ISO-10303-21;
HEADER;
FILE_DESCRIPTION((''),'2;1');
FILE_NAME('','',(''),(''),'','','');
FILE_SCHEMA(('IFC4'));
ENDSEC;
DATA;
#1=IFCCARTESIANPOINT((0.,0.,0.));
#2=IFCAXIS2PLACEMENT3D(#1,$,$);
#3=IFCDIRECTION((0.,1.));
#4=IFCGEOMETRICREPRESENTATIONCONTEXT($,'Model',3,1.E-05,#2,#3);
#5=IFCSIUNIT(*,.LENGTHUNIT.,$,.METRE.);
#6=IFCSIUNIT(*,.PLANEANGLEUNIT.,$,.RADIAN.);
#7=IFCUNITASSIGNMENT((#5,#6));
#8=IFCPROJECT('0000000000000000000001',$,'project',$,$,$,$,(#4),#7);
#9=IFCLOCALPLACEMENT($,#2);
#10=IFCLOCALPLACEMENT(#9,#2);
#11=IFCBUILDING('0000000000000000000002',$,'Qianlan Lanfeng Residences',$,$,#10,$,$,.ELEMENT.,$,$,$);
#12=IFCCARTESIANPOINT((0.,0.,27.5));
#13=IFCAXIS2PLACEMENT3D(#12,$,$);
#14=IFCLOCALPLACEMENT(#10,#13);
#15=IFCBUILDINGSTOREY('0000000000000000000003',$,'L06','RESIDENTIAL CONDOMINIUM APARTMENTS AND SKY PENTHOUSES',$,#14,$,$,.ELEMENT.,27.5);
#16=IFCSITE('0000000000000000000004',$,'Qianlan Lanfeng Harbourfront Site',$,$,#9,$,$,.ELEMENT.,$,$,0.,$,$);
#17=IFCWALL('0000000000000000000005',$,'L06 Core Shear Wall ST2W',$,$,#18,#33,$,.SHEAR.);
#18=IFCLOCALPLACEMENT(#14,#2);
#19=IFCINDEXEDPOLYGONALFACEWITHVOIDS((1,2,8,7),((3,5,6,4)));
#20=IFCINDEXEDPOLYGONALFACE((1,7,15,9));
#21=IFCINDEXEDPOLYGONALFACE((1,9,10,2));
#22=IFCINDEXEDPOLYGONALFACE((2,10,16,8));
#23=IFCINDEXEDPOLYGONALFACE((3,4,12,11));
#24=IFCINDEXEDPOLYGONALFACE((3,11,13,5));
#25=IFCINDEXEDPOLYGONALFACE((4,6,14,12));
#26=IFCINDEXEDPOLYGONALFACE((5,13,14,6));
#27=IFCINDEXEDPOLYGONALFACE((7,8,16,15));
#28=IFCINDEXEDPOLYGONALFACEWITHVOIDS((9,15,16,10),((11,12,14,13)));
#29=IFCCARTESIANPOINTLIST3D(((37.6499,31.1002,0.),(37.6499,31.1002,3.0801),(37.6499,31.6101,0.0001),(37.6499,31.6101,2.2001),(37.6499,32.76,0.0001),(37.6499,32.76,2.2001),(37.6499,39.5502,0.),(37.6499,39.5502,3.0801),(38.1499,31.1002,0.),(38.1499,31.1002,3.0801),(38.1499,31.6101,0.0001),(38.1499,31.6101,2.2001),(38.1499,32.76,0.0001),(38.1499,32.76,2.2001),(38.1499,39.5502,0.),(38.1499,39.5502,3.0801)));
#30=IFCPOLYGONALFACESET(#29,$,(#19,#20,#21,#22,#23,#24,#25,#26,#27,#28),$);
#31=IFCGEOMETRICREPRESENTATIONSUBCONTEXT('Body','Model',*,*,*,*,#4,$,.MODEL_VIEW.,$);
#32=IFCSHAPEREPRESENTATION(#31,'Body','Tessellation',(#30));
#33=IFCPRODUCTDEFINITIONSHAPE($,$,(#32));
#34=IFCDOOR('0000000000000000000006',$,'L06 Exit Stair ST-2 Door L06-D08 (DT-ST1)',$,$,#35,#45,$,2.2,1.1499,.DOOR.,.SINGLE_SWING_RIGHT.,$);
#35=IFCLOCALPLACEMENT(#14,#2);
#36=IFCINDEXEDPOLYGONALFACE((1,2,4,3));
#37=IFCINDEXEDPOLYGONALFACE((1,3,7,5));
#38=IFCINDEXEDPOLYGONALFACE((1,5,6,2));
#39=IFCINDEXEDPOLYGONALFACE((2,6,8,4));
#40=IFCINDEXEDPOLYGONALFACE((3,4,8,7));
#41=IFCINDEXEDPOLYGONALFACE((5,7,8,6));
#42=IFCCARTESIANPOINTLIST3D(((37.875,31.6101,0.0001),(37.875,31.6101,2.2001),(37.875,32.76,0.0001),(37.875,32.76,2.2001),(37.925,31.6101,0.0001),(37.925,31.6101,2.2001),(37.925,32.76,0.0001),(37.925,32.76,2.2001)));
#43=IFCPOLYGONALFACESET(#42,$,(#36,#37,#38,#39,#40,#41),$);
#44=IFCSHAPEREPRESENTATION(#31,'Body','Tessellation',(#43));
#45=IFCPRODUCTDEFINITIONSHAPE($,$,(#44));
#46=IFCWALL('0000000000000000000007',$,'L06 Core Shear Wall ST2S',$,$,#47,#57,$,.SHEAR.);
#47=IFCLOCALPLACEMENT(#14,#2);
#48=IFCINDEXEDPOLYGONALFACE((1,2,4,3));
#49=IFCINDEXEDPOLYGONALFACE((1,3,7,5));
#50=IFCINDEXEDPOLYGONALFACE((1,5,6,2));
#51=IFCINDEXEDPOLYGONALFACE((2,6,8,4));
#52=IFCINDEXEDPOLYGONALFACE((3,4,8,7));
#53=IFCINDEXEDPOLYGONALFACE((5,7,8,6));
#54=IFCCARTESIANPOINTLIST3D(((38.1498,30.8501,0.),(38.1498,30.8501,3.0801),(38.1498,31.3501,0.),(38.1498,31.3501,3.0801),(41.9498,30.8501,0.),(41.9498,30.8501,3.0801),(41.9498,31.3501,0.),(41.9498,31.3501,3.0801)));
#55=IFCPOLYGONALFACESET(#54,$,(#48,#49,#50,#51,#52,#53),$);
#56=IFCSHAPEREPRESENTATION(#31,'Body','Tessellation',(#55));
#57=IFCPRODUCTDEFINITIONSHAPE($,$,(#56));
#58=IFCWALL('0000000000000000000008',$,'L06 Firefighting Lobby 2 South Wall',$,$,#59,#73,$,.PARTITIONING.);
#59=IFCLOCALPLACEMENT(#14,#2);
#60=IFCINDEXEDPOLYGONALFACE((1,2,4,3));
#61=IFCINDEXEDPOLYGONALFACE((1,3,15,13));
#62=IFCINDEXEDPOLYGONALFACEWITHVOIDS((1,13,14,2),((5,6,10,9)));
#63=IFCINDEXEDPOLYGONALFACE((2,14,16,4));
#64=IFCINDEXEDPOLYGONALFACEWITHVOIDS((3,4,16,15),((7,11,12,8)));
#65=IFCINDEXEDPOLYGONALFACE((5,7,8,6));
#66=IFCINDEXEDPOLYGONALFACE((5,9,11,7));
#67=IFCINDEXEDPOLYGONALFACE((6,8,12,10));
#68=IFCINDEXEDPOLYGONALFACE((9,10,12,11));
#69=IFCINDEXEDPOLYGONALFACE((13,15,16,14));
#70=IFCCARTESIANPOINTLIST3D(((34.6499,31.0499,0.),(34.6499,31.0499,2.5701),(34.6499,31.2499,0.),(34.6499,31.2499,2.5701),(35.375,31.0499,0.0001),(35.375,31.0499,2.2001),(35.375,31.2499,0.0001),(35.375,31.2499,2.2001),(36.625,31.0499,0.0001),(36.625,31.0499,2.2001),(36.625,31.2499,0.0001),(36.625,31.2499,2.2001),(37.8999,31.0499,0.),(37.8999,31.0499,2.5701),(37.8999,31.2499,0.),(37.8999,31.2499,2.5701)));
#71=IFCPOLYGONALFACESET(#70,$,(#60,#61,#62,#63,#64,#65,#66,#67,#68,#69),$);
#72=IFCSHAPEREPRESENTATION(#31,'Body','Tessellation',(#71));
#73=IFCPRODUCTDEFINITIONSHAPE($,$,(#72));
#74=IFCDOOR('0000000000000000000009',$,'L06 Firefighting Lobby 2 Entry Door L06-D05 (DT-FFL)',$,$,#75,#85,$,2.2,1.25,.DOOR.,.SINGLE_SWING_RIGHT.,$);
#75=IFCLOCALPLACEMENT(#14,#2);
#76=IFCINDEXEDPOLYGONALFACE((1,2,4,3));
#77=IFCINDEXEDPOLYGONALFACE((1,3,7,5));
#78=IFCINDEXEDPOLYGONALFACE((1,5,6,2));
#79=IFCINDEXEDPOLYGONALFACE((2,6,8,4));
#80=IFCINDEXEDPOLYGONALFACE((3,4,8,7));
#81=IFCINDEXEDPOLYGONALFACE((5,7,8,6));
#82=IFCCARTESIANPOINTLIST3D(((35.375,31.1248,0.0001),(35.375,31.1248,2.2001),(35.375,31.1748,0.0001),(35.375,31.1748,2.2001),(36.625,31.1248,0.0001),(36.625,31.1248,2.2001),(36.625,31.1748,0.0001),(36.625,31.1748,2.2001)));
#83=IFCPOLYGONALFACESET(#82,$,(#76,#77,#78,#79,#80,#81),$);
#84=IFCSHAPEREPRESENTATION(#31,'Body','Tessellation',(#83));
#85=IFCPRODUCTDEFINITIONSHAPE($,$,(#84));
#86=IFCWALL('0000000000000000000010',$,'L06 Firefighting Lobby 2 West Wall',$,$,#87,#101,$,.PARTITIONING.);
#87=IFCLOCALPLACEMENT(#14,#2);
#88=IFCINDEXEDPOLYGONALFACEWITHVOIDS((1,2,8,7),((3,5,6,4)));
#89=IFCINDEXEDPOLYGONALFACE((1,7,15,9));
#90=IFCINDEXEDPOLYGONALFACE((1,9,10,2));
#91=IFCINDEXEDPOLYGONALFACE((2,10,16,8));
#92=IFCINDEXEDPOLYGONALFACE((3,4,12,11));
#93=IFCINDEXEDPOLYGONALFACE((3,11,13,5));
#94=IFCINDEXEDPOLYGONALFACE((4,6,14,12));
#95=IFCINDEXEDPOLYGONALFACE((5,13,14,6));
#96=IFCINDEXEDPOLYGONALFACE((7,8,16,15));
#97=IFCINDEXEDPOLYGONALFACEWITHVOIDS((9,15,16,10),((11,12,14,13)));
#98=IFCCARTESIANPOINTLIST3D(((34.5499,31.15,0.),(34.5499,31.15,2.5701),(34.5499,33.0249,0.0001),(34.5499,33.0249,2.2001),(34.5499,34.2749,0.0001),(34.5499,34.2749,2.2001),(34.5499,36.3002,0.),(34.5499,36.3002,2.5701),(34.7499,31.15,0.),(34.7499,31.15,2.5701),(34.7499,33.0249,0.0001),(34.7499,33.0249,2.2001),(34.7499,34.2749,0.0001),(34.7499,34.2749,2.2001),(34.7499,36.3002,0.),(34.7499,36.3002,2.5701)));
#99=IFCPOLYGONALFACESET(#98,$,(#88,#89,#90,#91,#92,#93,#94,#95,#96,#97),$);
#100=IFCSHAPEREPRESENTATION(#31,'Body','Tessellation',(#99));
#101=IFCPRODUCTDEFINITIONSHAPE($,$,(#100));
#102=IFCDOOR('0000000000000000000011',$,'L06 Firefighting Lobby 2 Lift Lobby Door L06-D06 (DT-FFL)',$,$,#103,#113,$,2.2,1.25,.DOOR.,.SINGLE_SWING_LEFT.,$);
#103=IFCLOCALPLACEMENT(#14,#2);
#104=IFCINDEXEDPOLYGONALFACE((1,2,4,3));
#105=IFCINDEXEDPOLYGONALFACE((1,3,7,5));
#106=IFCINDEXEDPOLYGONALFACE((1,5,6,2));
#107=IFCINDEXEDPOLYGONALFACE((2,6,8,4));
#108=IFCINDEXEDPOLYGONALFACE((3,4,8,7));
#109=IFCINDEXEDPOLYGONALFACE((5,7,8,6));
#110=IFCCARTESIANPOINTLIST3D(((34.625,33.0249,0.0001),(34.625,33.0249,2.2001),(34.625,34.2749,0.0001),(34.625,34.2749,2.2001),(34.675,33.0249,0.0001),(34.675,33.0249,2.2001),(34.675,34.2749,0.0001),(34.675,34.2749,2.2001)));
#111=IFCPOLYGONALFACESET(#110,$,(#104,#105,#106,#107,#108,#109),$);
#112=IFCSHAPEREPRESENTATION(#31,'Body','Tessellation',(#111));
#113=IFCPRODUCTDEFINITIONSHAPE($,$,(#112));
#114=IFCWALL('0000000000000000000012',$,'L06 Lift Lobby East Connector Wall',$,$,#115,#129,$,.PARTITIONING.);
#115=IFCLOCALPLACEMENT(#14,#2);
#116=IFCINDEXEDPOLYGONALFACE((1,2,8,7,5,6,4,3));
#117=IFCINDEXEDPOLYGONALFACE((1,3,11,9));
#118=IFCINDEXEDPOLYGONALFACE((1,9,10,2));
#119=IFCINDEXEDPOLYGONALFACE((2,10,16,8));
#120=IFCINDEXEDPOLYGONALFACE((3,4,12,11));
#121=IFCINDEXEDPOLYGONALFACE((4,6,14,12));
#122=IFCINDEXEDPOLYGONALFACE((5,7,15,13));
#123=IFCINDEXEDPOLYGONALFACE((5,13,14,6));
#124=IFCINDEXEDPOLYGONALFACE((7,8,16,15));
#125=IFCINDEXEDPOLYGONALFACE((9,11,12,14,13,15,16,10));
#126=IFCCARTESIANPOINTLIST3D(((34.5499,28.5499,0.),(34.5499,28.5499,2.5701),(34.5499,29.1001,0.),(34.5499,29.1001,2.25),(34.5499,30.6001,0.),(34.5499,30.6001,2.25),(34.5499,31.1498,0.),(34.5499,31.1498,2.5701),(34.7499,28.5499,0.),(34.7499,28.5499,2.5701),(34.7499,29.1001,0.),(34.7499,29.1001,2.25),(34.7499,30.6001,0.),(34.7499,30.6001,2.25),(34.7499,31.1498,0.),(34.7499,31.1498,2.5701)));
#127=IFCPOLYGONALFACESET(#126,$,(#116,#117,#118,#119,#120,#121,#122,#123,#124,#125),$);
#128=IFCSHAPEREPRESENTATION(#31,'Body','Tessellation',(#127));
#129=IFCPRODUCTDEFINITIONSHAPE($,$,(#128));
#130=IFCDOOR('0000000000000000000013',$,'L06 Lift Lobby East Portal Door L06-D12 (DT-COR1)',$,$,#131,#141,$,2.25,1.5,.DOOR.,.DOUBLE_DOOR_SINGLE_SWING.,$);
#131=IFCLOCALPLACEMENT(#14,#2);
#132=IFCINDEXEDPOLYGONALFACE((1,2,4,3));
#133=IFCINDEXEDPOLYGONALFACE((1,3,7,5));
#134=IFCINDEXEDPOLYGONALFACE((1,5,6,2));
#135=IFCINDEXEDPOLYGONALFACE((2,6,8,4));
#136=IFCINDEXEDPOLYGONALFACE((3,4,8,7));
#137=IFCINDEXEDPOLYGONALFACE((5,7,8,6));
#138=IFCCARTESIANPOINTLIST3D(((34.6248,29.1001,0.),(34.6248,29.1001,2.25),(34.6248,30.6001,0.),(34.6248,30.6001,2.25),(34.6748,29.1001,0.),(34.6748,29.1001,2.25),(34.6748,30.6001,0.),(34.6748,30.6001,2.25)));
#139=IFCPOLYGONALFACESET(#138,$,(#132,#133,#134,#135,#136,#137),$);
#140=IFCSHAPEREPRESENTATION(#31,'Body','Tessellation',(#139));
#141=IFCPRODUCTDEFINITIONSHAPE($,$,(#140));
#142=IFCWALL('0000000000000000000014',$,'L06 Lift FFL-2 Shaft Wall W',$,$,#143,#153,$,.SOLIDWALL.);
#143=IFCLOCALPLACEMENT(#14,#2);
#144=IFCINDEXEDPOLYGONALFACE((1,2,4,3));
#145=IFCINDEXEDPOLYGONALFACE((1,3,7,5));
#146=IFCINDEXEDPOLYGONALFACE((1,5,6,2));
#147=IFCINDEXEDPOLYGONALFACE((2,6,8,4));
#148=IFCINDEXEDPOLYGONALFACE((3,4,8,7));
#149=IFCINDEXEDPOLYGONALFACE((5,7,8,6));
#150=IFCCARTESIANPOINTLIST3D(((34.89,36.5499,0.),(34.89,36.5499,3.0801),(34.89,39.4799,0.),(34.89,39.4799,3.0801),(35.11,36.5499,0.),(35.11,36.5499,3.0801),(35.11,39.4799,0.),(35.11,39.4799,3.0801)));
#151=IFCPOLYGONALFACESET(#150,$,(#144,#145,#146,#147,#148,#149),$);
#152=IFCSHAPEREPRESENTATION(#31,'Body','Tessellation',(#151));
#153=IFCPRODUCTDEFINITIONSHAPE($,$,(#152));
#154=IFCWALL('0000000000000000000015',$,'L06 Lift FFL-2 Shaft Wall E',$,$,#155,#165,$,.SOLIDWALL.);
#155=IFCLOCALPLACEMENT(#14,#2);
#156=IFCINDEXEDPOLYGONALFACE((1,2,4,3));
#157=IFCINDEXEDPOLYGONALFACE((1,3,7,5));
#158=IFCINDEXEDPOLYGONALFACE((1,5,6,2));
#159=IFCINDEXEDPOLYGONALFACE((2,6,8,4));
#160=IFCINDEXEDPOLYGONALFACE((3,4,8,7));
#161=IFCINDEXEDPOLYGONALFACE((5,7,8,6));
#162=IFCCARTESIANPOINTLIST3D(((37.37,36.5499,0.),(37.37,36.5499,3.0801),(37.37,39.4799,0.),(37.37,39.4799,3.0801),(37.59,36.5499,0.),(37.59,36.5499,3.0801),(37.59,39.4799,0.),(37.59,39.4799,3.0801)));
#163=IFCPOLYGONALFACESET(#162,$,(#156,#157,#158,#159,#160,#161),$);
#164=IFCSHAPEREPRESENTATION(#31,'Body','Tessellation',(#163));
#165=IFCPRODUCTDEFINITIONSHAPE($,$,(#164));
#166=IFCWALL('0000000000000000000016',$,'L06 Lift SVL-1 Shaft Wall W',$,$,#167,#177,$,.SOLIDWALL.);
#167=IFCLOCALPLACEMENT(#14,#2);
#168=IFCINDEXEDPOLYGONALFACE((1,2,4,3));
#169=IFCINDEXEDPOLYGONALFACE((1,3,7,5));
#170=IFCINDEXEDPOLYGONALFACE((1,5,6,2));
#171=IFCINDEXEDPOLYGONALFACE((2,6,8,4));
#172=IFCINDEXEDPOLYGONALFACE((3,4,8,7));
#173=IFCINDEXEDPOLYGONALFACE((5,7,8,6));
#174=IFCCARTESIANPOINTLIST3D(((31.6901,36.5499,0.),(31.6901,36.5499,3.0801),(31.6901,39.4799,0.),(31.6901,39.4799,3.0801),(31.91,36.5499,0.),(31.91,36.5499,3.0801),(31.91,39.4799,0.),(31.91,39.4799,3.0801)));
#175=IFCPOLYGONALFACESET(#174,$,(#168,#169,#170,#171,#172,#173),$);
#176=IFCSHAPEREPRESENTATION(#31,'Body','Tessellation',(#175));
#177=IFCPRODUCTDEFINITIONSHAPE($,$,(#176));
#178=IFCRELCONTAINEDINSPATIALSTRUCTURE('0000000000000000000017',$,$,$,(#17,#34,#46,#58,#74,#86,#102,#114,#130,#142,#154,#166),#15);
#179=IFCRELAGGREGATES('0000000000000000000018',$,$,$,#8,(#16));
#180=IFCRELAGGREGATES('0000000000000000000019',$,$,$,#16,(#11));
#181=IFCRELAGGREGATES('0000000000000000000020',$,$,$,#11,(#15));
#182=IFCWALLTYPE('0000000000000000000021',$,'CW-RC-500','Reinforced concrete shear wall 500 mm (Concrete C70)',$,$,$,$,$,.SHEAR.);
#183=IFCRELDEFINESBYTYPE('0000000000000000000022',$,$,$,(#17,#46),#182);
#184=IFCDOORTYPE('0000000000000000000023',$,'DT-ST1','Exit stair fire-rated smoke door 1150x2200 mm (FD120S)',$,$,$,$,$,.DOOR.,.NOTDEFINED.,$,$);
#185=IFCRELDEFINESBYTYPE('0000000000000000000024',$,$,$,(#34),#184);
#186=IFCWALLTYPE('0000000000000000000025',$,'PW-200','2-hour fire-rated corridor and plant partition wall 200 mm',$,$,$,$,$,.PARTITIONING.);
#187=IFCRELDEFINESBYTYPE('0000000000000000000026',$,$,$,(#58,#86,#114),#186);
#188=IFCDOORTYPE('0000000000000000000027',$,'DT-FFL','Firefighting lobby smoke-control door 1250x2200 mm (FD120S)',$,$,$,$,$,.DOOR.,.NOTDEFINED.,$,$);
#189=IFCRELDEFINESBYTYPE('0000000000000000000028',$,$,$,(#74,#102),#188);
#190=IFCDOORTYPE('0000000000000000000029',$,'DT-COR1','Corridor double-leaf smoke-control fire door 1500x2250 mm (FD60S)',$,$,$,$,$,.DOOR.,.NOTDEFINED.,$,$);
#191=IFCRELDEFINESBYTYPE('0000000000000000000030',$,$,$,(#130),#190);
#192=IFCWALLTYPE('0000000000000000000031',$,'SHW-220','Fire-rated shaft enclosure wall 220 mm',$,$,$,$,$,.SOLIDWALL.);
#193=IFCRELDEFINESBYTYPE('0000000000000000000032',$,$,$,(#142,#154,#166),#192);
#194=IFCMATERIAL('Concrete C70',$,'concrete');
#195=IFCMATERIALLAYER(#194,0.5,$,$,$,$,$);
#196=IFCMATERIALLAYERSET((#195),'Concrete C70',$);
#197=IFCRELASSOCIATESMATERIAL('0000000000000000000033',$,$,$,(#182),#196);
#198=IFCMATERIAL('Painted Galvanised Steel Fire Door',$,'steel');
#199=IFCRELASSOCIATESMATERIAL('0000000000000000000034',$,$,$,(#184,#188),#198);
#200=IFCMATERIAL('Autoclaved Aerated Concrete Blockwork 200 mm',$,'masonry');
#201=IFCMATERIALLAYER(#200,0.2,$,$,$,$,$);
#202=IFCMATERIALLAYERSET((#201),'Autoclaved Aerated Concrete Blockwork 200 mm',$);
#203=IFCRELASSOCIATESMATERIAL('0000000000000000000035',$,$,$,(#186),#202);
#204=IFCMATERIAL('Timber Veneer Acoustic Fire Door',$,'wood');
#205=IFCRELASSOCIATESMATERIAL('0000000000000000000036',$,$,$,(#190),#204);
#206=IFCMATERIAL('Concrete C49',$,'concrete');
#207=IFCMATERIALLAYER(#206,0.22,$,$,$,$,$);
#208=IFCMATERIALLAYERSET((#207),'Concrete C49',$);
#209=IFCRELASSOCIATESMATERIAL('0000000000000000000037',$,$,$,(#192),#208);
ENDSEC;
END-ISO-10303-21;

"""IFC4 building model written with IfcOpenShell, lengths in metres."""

from ifc_helpers import new_model, si_unit, direction, frame, frame_2d, origin, place, context, subcontext, project, spatial, rectangle, extrude, material, layer, layer_set, type_object, element, fill, save


model = new_model("IFC4")

# Units and contexts
model_context = context("Model", 3, precision=1e-05, world=origin(), true_north=direction((0.0, 1.0)))
body_context = subcontext(model_context, "Body", "Model", "MODEL_VIEW")
ifc_project = project(units=[si_unit("LENGTHUNIT", "METRE"), si_unit("PLANEANGLEUNIT", "RADIAN")], contexts=[model_context])

# Site, building, storey
site_placement = place(None, origin())
site = spatial("IfcSite", under=ifc_project, at=site_placement, Name="Qianlan Lanfeng Harbourfront Site", CompositionType="ELEMENT", RefElevation=0.0)
building_placement = place(site_placement, origin())
building = spatial("IfcBuilding", under=site, at=building_placement, Name="Qianlan Lanfeng Residences", CompositionType="ELEMENT")
storey_placement = place(building_placement, frame((0.0, 0.0, 27.5)))
storey = spatial("IfcBuildingStorey", under=building, at=storey_placement, Name="L06", Description="RESIDENTIAL CONDOMINIUM APARTMENTS AND SKY PENTHOUSES", CompositionType="ELEMENT", Elevation=27.5)

# Wall, opening, door
ifc_material_1 = material(Name="Concrete C70", Category="concrete")
ifc_layer_1 = layer(ifc_material_1, 0.5)
ifc_layer_set_1 = layer_set([ifc_layer_1], Name="Concrete C70")
wall_type_1 = type_object("IfcWallType", Name="CW-RC-500", Description="Reinforced concrete shear wall 500 mm (Concrete C70)", PredefinedType="SHEAR", material=ifc_layer_set_1)
wall_1_placement = place(storey_placement, frame((37.8999, 31.1001, 0.0), z_axis=(0.0, 0.0, 1.0), x_axis=(0.0, 1.0, 0.0)))
wall_1 = element("IfcWall", 1, at=wall_1_placement, inside=storey, type_object=wall_type_1, Name="L06 Core Shear Wall ST2W", PredefinedType="SHEAR", context=body_context, shape_type="SweptSolid", body=[
    extrude(rectangle(XDim=8.45, YDim=0.5, at=frame_2d((4.2251, 0.0))), origin(), (0.0, 0.0, 1.0), 3.0801),
])
opening_1_placement = place(wall_1_placement, frame((0.51, 0.0, 0.0)))
opening_1 = element("IfcOpeningElement", 2, at=opening_1_placement, cuts=wall_1, PredefinedType="OPENING", context=body_context, shape_type="SweptSolid", body=[
    extrude(rectangle(XDim=1.1499, YDim=2.2, at=frame_2d((0.575, 1.1001))), frame((0.0, 0.26, 0.0), z_axis=(0.0, -1.0, 0.0), x_axis=(1.0, 0.0, 0.0)), (0.0, 0.0, 1.0), 0.52),
])
ifc_material_2 = material(Name="Painted Galvanised Steel Fire Door", Category="steel")
door_type_1 = type_object("IfcDoorType", Name="DT-ST1", Description="Exit stair fire-rated smoke door 1150x2200 mm (FD120S)", OperationType="NOTDEFINED", PredefinedType="DOOR", material=ifc_material_2)
door_1_placement = place(opening_1_placement, origin())
door_1 = element("IfcDoor", 3, at=door_1_placement, inside=storey, type_object=door_type_1, Name="L06 Exit Stair ST-2 Door L06-D08 (DT-ST1)", OperationType="SINGLE_SWING_RIGHT", OverallHeight=2.2, OverallWidth=1.1499, PredefinedType="DOOR", context=body_context, shape_type="SweptSolid", body=[
    extrude(rectangle(XDim=1.1499, YDim=2.2, at=frame_2d((0.575, 1.1001))), frame((0.0, 0.0249, 0.0), z_axis=(0.0, -1.0, 0.0), x_axis=(1.0, 0.0, 0.0)), (0.0, 0.0, 1.0), 0.05),
])
fill(opening_1, door_1)

# Wall
wall_2_placement = place(storey_placement, frame((38.1499, 31.1001, 0.0), z_axis=(0.0, 0.0, 1.0), x_axis=(1.0, 0.0, 0.0)))
element("IfcWall", 4, at=wall_2_placement, inside=storey, type_object=wall_type_1, Name="L06 Core Shear Wall ST2S", PredefinedType="SHEAR", context=body_context, shape_type="SweptSolid", body=[
    extrude(rectangle(XDim=3.8, YDim=0.5, at=frame_2d((1.8999, 0.0))), origin(), (0.0, 0.0, 1.0), 3.0801),
])

# Walls, openings, doors
ifc_material_3 = material(Name="Autoclaved Aerated Concrete Blockwork 200 mm", Category="masonry")
ifc_layer_2 = layer(ifc_material_3, 0.2)
ifc_layer_set_2 = layer_set([ifc_layer_2], Name="Autoclaved Aerated Concrete Blockwork 200 mm")
wall_type_2 = type_object("IfcWallType", Name="PW-200", Description="2-hour fire-rated corridor and plant partition wall 200 mm", PredefinedType="PARTITIONING", material=ifc_layer_set_2)
wall_3_placement = place(storey_placement, frame((34.6499, 31.1499, 0.0), z_axis=(0.0, 0.0, 1.0), x_axis=(1.0, 0.0, 0.0)))
wall_3 = element("IfcWall", 5, at=wall_3_placement, inside=storey, type_object=wall_type_2, Name="L06 Firefighting Lobby 2 South Wall", PredefinedType="PARTITIONING", context=body_context, shape_type="SweptSolid", body=[
    extrude(rectangle(XDim=3.25, YDim=0.2, at=frame_2d((1.625, 0.0))), origin(), (0.0, 0.0, 1.0), 2.5701),
])
opening_2_placement = place(wall_3_placement, frame((0.7251, 0.0, 0.0)))
opening_2 = element("IfcOpeningElement", 6, at=opening_2_placement, cuts=wall_3, PredefinedType="OPENING", context=body_context, shape_type="SweptSolid", body=[
    extrude(rectangle(XDim=1.25, YDim=2.2, at=frame_2d((0.625, 1.1001))), frame((0.0, 0.1099, 0.0), z_axis=(0.0, -1.0, 0.0), x_axis=(1.0, 0.0, 0.0)), (0.0, 0.0, 1.0), 0.22),
])
door_type_2 = type_object("IfcDoorType", Name="DT-FFL", Description="Firefighting lobby smoke-control door 1250x2200 mm (FD120S)", OperationType="NOTDEFINED", PredefinedType="DOOR", material=ifc_material_2)
door_2_placement = place(opening_2_placement, origin())
door_2 = element("IfcDoor", 7, at=door_2_placement, inside=storey, type_object=door_type_2, Name="L06 Firefighting Lobby 2 Entry Door L06-D05 (DT-FFL)", OperationType="SINGLE_SWING_RIGHT", OverallHeight=2.2, OverallWidth=1.25, PredefinedType="DOOR", context=body_context, shape_type="SweptSolid", body=[
    extrude(rectangle(XDim=1.25, YDim=2.2, at=frame_2d((0.625, 1.1001))), frame((0.0, 0.0249, 0.0), z_axis=(0.0, -1.0, 0.0), x_axis=(1.0, 0.0, 0.0)), (0.0, 0.0, 1.0), 0.05),
])
fill(opening_2, door_2)
wall_4_placement = place(storey_placement, frame((34.6499, 31.1499, 0.0), z_axis=(0.0, 0.0, 1.0), x_axis=(0.0, 1.0, 0.0)))
wall_4 = element("IfcWall", 8, at=wall_4_placement, inside=storey, type_object=wall_type_2, Name="L06 Firefighting Lobby 2 West Wall", PredefinedType="PARTITIONING", context=body_context, shape_type="SweptSolid", body=[
    extrude(rectangle(XDim=5.1501, YDim=0.2, at=frame_2d((2.5752, 0.0))), origin(), (0.0, 0.0, 1.0), 2.5701),
])
opening_3_placement = place(wall_4_placement, frame((1.875, 0.0, 0.0)))
opening_3 = element("IfcOpeningElement", 9, at=opening_3_placement, cuts=wall_4, PredefinedType="OPENING", context=body_context, shape_type="SweptSolid", body=[
    extrude(rectangle(XDim=1.25, YDim=2.2, at=frame_2d((0.625, 1.1001))), frame((0.0, 0.1099, 0.0), z_axis=(0.0, -1.0, 0.0), x_axis=(1.0, 0.0, 0.0)), (0.0, 0.0, 1.0), 0.22),
])
door_3_placement = place(opening_3_placement, origin())
door_3 = element("IfcDoor", 10, at=door_3_placement, inside=storey, type_object=door_type_2, Name="L06 Firefighting Lobby 2 Lift Lobby Door L06-D06 (DT-FFL)", OperationType="SINGLE_SWING_LEFT", OverallHeight=2.2, OverallWidth=1.25, PredefinedType="DOOR", context=body_context, shape_type="SweptSolid", body=[
    extrude(rectangle(XDim=1.25, YDim=2.2, at=frame_2d((0.625, 1.1001))), frame((0.0, 0.0249, 0.0), z_axis=(0.0, -1.0, 0.0), x_axis=(1.0, 0.0, 0.0)), (0.0, 0.0, 1.0), 0.05),
])
fill(opening_3, door_3)
wall_5_placement = place(storey_placement, frame((34.6499, 28.55, 0.0), z_axis=(0.0, 0.0, 1.0), x_axis=(0.0, 1.0, 0.0)))
wall_5 = element("IfcWall", 11, at=wall_5_placement, inside=storey, type_object=wall_type_2, Name="L06 Lift Lobby East Connector Wall", PredefinedType="PARTITIONING", context=body_context, shape_type="SweptSolid", body=[
    extrude(rectangle(XDim=2.5999, YDim=0.2, at=frame_2d((1.2998, 0.0))), origin(), (0.0, 0.0, 1.0), 2.5701),
])
opening_4_placement = place(wall_5_placement, frame((0.55, 0.0, 0.0)))
opening_4 = element("IfcOpeningElement", 12, at=opening_4_placement, cuts=wall_5, PredefinedType="OPENING", context=body_context, shape_type="SweptSolid", body=[
    extrude(rectangle(XDim=1.5, YDim=2.25, at=frame_2d((0.75, 1.125))), frame((0.0, 0.1099, 0.0), z_axis=(0.0, -1.0, 0.0), x_axis=(1.0, 0.0, 0.0)), (0.0, 0.0, 1.0), 0.22),
])
ifc_material_4 = material(Name="Timber Veneer Acoustic Fire Door", Category="wood")
door_type_3 = type_object("IfcDoorType", Name="DT-COR1", Description="Corridor double-leaf smoke-control fire door 1500x2250 mm (FD60S)", OperationType="NOTDEFINED", PredefinedType="DOOR", material=ifc_material_4)
door_4_placement = place(opening_4_placement, frame((1.5, 0.0, 0.0), z_axis=(0.0, 0.0, 1.0), x_axis=(-1.0, 0.0, 0.0)))
door_4 = element("IfcDoor", 13, at=door_4_placement, inside=storey, type_object=door_type_3, Name="L06 Lift Lobby East Portal Door L06-D12 (DT-COR1)", OperationType="DOUBLE_DOOR_SINGLE_SWING", OverallHeight=2.25, OverallWidth=1.5, PredefinedType="DOOR", context=body_context, shape_type="SweptSolid", body=[
    extrude(rectangle(XDim=1.5, YDim=2.25, at=frame_2d((0.75, 1.125))), frame((0.0, 0.0249, 0.0), z_axis=(0.0, -1.0, 0.0), x_axis=(1.0, 0.0, 0.0)), (0.0, 0.0, 1.0), 0.05),
])
fill(opening_4, door_4)

# Walls
ifc_material_5 = material(Name="Concrete C49", Category="concrete")
ifc_layer_3 = layer(ifc_material_5, 0.22)
ifc_layer_set_3 = layer_set([ifc_layer_3], Name="Concrete C49")
wall_type_3 = type_object("IfcWallType", Name="SHW-220", Description="Fire-rated shaft enclosure wall 220 mm", PredefinedType="SOLIDWALL", material=ifc_layer_set_3)
for number, where, z_axis, x_axis, name in (
    (14, (35.0, 36.55, 0.0), (0.0, 0.0, 1.0), (0.0, 1.0, 0.0), "L06 Lift FFL-2 Shaft Wall W"),
    (15, (37.48, 36.55, 0.0), (0.0, 0.0, 1.0), (0.0, 1.0, 0.0), "L06 Lift FFL-2 Shaft Wall E"),
    (16, (31.8, 36.55, 0.0), (0.0, 0.0, 1.0), (0.0, 1.0, 0.0), "L06 Lift SVL-1 Shaft Wall W"),
):
    element("IfcWall", number, at=place(storey_placement, frame(where, z_axis=z_axis, x_axis=x_axis)), inside=storey, type_object=wall_type_3, Name=name, PredefinedType="SOLIDWALL", context=body_context, shape_type="SweptSolid", body=[
        extrude(rectangle(XDim=2.9299, YDim=0.22, at=frame_2d((1.4648, 0.0))), origin(), (0.0, 0.0, 1.0), 3.0801),
    ])

save(model, "model.ifc")
